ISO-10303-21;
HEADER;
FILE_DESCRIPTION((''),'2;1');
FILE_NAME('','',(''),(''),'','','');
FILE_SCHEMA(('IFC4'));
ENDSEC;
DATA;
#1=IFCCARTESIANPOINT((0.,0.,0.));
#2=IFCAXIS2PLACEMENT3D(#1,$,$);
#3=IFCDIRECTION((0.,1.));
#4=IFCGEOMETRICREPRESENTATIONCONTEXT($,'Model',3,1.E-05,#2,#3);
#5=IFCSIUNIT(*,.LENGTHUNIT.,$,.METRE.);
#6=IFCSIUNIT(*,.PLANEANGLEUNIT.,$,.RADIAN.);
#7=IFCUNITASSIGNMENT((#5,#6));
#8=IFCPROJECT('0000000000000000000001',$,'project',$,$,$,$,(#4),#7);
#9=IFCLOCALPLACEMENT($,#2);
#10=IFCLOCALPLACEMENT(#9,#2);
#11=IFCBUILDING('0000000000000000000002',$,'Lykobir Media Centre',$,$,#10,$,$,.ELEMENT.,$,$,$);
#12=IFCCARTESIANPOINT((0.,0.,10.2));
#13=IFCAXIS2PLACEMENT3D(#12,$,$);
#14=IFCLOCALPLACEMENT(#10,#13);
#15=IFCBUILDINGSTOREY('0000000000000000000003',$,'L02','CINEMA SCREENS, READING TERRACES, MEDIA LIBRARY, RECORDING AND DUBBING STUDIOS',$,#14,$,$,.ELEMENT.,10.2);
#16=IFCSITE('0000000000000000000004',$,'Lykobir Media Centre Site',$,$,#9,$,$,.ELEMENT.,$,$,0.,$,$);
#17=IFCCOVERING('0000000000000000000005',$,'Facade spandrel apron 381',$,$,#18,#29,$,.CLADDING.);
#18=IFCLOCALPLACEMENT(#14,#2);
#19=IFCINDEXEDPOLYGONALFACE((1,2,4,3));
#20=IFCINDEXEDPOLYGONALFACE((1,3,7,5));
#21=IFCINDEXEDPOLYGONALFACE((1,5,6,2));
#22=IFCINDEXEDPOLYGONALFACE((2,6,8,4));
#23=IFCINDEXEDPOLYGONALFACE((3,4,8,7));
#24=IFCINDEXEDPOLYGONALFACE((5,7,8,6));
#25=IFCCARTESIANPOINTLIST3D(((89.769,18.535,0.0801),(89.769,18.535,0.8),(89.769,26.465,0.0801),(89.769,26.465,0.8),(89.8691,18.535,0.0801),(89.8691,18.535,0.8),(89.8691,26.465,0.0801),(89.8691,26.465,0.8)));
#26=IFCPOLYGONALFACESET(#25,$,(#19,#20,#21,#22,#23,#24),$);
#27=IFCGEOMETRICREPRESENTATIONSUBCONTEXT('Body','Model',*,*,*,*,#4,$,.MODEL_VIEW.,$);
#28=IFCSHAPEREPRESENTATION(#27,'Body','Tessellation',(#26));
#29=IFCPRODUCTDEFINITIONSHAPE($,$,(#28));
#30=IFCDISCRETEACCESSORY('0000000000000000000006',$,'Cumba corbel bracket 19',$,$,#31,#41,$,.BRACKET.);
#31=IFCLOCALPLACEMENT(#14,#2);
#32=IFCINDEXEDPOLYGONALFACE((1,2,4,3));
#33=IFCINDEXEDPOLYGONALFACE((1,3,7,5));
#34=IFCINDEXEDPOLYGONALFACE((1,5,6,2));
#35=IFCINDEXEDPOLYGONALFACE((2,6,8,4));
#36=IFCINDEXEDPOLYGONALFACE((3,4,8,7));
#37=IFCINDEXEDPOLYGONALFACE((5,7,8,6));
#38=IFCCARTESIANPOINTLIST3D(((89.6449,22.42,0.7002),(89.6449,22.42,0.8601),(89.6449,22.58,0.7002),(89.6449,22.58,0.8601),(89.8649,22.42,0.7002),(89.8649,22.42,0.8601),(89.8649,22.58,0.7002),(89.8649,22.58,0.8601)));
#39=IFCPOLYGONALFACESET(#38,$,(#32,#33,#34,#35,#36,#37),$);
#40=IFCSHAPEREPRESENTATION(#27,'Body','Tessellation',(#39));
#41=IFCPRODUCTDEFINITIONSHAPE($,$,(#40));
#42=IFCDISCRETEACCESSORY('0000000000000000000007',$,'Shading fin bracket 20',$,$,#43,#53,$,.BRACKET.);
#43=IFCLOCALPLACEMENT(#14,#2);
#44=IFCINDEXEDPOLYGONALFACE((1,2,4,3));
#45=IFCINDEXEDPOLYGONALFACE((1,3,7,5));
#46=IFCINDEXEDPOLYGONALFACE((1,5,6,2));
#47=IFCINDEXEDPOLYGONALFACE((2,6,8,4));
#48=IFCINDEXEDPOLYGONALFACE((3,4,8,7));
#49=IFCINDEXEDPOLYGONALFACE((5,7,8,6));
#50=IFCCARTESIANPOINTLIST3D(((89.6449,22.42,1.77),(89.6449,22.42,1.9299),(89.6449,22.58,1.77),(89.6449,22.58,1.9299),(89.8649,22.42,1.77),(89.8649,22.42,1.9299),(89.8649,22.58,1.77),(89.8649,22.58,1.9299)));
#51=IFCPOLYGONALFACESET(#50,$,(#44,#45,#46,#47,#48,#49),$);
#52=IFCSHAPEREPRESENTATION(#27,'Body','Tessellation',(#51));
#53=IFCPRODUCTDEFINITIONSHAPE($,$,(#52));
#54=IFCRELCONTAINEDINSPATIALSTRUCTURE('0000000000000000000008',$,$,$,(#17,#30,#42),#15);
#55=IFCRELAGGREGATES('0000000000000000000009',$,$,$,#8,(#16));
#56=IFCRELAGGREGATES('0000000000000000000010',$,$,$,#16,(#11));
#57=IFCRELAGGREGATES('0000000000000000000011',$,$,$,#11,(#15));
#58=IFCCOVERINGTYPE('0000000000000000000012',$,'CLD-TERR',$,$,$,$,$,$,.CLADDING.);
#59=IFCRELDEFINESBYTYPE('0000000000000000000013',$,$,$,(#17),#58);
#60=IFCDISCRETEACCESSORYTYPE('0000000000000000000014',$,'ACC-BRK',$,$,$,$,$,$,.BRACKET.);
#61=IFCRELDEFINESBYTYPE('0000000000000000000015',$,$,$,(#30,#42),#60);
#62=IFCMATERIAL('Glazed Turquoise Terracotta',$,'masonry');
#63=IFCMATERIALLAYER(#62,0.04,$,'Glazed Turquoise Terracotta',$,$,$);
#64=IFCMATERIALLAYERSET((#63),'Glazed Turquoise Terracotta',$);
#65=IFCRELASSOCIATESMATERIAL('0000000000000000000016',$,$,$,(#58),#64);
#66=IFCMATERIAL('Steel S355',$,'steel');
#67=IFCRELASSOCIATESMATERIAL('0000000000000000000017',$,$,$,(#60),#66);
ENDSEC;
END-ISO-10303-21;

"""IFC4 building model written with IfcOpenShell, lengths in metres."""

from ifc_helpers import new_model, si_unit, direction, frame, origin, origin_2d, place, context, subcontext, project, spatial, rectangle, extrude, material, layer, layer_set, type_object, element, save


model = new_model("IFC4")

# Units and contexts
model_context = context("Model", 3, precision=1e-05, world=origin(), true_north=direction((0.0, 1.0)))
body_context = subcontext(model_context, "Body", "Model", "MODEL_VIEW")
ifc_project = project(units=[si_unit("LENGTHUNIT", "METRE"), si_unit("PLANEANGLEUNIT", "RADIAN")], contexts=[model_context])

# Site, building, storey
site_placement = place(None, origin())
site = spatial("IfcSite", under=ifc_project, at=site_placement, Name="Lykobir Media Centre Site", CompositionType="ELEMENT", RefElevation=0.0)
building_placement = place(site_placement, origin())
building = spatial("IfcBuilding", under=site, at=building_placement, Name="Lykobir Media Centre", CompositionType="ELEMENT")
storey_placement = place(building_placement, frame((0.0, 0.0, 10.2)))
storey = spatial("IfcBuildingStorey", under=building, at=storey_placement, Name="L02", Description="CINEMA SCREENS, READING TERRACES, MEDIA LIBRARY, RECORDING AND DUBBING STUDIOS", CompositionType="ELEMENT", Elevation=10.2)

# Shared definitions
ifc_material_1 = material(Name="Steel S355", Category="steel")

# Shared definitions
ifc_material_2 = material(Name="Glazed Turquoise Terracotta", Category="masonry")

# Covering
ifc_layer_1 = layer(ifc_material_2, 0.04, Name="Glazed Turquoise Terracotta")
ifc_layer_set_1 = layer_set([ifc_layer_1], Name="Glazed Turquoise Terracotta")
covering_type = type_object("IfcCoveringType", Name="CLD-TERR", PredefinedType="CLADDING", material=ifc_layer_set_1)
covering_placement = place(storey_placement, frame((89.8191, 22.5, 0.0801), z_axis=(0.0, 0.0, 1.0), x_axis=(0.0, -1.0, 0.0)))
element("IfcCovering", 1, at=covering_placement, inside=storey, type_object=covering_type, Name="Facade spandrel apron 381", PredefinedType="CLADDING", context=body_context, shape_type="SweptSolid", body=[
    extrude(rectangle(XDim=7.9299, YDim=0.1001, at=origin_2d()), origin(), (0.0, 0.0, 1.0), 0.72),
])

# Discrete accessories
discrete_accessory_type = type_object("IfcDiscreteAccessoryType", Name="ACC-BRK", PredefinedType="BRACKET", material=ifc_material_1)
for number, where, z_axis, x_axis, name in (
    (2, (89.7549, 22.5, 0.7002), (0.0, 0.0, 1.0), (0.0, -1.0, 0.0), "Cumba corbel bracket 19"),
    (3, (89.7549, 22.5, 1.77), (0.0, 0.0, 1.0), (0.0, -1.0, 0.0), "Shading fin bracket 20"),
):
    element("IfcDiscreteAccessory", number, at=place(storey_placement, frame(where, z_axis=z_axis, x_axis=x_axis)), inside=storey, type_object=discrete_accessory_type, Name=name, PredefinedType="BRACKET", context=body_context, shape_type="SweptSolid", body=[
        extrude(rectangle(XDim=0.1599, YDim=0.22, at=origin_2d()), origin(), (0.0, 0.0, 1.0), 0.1599),
    ])

save(model, "model.ifc")
